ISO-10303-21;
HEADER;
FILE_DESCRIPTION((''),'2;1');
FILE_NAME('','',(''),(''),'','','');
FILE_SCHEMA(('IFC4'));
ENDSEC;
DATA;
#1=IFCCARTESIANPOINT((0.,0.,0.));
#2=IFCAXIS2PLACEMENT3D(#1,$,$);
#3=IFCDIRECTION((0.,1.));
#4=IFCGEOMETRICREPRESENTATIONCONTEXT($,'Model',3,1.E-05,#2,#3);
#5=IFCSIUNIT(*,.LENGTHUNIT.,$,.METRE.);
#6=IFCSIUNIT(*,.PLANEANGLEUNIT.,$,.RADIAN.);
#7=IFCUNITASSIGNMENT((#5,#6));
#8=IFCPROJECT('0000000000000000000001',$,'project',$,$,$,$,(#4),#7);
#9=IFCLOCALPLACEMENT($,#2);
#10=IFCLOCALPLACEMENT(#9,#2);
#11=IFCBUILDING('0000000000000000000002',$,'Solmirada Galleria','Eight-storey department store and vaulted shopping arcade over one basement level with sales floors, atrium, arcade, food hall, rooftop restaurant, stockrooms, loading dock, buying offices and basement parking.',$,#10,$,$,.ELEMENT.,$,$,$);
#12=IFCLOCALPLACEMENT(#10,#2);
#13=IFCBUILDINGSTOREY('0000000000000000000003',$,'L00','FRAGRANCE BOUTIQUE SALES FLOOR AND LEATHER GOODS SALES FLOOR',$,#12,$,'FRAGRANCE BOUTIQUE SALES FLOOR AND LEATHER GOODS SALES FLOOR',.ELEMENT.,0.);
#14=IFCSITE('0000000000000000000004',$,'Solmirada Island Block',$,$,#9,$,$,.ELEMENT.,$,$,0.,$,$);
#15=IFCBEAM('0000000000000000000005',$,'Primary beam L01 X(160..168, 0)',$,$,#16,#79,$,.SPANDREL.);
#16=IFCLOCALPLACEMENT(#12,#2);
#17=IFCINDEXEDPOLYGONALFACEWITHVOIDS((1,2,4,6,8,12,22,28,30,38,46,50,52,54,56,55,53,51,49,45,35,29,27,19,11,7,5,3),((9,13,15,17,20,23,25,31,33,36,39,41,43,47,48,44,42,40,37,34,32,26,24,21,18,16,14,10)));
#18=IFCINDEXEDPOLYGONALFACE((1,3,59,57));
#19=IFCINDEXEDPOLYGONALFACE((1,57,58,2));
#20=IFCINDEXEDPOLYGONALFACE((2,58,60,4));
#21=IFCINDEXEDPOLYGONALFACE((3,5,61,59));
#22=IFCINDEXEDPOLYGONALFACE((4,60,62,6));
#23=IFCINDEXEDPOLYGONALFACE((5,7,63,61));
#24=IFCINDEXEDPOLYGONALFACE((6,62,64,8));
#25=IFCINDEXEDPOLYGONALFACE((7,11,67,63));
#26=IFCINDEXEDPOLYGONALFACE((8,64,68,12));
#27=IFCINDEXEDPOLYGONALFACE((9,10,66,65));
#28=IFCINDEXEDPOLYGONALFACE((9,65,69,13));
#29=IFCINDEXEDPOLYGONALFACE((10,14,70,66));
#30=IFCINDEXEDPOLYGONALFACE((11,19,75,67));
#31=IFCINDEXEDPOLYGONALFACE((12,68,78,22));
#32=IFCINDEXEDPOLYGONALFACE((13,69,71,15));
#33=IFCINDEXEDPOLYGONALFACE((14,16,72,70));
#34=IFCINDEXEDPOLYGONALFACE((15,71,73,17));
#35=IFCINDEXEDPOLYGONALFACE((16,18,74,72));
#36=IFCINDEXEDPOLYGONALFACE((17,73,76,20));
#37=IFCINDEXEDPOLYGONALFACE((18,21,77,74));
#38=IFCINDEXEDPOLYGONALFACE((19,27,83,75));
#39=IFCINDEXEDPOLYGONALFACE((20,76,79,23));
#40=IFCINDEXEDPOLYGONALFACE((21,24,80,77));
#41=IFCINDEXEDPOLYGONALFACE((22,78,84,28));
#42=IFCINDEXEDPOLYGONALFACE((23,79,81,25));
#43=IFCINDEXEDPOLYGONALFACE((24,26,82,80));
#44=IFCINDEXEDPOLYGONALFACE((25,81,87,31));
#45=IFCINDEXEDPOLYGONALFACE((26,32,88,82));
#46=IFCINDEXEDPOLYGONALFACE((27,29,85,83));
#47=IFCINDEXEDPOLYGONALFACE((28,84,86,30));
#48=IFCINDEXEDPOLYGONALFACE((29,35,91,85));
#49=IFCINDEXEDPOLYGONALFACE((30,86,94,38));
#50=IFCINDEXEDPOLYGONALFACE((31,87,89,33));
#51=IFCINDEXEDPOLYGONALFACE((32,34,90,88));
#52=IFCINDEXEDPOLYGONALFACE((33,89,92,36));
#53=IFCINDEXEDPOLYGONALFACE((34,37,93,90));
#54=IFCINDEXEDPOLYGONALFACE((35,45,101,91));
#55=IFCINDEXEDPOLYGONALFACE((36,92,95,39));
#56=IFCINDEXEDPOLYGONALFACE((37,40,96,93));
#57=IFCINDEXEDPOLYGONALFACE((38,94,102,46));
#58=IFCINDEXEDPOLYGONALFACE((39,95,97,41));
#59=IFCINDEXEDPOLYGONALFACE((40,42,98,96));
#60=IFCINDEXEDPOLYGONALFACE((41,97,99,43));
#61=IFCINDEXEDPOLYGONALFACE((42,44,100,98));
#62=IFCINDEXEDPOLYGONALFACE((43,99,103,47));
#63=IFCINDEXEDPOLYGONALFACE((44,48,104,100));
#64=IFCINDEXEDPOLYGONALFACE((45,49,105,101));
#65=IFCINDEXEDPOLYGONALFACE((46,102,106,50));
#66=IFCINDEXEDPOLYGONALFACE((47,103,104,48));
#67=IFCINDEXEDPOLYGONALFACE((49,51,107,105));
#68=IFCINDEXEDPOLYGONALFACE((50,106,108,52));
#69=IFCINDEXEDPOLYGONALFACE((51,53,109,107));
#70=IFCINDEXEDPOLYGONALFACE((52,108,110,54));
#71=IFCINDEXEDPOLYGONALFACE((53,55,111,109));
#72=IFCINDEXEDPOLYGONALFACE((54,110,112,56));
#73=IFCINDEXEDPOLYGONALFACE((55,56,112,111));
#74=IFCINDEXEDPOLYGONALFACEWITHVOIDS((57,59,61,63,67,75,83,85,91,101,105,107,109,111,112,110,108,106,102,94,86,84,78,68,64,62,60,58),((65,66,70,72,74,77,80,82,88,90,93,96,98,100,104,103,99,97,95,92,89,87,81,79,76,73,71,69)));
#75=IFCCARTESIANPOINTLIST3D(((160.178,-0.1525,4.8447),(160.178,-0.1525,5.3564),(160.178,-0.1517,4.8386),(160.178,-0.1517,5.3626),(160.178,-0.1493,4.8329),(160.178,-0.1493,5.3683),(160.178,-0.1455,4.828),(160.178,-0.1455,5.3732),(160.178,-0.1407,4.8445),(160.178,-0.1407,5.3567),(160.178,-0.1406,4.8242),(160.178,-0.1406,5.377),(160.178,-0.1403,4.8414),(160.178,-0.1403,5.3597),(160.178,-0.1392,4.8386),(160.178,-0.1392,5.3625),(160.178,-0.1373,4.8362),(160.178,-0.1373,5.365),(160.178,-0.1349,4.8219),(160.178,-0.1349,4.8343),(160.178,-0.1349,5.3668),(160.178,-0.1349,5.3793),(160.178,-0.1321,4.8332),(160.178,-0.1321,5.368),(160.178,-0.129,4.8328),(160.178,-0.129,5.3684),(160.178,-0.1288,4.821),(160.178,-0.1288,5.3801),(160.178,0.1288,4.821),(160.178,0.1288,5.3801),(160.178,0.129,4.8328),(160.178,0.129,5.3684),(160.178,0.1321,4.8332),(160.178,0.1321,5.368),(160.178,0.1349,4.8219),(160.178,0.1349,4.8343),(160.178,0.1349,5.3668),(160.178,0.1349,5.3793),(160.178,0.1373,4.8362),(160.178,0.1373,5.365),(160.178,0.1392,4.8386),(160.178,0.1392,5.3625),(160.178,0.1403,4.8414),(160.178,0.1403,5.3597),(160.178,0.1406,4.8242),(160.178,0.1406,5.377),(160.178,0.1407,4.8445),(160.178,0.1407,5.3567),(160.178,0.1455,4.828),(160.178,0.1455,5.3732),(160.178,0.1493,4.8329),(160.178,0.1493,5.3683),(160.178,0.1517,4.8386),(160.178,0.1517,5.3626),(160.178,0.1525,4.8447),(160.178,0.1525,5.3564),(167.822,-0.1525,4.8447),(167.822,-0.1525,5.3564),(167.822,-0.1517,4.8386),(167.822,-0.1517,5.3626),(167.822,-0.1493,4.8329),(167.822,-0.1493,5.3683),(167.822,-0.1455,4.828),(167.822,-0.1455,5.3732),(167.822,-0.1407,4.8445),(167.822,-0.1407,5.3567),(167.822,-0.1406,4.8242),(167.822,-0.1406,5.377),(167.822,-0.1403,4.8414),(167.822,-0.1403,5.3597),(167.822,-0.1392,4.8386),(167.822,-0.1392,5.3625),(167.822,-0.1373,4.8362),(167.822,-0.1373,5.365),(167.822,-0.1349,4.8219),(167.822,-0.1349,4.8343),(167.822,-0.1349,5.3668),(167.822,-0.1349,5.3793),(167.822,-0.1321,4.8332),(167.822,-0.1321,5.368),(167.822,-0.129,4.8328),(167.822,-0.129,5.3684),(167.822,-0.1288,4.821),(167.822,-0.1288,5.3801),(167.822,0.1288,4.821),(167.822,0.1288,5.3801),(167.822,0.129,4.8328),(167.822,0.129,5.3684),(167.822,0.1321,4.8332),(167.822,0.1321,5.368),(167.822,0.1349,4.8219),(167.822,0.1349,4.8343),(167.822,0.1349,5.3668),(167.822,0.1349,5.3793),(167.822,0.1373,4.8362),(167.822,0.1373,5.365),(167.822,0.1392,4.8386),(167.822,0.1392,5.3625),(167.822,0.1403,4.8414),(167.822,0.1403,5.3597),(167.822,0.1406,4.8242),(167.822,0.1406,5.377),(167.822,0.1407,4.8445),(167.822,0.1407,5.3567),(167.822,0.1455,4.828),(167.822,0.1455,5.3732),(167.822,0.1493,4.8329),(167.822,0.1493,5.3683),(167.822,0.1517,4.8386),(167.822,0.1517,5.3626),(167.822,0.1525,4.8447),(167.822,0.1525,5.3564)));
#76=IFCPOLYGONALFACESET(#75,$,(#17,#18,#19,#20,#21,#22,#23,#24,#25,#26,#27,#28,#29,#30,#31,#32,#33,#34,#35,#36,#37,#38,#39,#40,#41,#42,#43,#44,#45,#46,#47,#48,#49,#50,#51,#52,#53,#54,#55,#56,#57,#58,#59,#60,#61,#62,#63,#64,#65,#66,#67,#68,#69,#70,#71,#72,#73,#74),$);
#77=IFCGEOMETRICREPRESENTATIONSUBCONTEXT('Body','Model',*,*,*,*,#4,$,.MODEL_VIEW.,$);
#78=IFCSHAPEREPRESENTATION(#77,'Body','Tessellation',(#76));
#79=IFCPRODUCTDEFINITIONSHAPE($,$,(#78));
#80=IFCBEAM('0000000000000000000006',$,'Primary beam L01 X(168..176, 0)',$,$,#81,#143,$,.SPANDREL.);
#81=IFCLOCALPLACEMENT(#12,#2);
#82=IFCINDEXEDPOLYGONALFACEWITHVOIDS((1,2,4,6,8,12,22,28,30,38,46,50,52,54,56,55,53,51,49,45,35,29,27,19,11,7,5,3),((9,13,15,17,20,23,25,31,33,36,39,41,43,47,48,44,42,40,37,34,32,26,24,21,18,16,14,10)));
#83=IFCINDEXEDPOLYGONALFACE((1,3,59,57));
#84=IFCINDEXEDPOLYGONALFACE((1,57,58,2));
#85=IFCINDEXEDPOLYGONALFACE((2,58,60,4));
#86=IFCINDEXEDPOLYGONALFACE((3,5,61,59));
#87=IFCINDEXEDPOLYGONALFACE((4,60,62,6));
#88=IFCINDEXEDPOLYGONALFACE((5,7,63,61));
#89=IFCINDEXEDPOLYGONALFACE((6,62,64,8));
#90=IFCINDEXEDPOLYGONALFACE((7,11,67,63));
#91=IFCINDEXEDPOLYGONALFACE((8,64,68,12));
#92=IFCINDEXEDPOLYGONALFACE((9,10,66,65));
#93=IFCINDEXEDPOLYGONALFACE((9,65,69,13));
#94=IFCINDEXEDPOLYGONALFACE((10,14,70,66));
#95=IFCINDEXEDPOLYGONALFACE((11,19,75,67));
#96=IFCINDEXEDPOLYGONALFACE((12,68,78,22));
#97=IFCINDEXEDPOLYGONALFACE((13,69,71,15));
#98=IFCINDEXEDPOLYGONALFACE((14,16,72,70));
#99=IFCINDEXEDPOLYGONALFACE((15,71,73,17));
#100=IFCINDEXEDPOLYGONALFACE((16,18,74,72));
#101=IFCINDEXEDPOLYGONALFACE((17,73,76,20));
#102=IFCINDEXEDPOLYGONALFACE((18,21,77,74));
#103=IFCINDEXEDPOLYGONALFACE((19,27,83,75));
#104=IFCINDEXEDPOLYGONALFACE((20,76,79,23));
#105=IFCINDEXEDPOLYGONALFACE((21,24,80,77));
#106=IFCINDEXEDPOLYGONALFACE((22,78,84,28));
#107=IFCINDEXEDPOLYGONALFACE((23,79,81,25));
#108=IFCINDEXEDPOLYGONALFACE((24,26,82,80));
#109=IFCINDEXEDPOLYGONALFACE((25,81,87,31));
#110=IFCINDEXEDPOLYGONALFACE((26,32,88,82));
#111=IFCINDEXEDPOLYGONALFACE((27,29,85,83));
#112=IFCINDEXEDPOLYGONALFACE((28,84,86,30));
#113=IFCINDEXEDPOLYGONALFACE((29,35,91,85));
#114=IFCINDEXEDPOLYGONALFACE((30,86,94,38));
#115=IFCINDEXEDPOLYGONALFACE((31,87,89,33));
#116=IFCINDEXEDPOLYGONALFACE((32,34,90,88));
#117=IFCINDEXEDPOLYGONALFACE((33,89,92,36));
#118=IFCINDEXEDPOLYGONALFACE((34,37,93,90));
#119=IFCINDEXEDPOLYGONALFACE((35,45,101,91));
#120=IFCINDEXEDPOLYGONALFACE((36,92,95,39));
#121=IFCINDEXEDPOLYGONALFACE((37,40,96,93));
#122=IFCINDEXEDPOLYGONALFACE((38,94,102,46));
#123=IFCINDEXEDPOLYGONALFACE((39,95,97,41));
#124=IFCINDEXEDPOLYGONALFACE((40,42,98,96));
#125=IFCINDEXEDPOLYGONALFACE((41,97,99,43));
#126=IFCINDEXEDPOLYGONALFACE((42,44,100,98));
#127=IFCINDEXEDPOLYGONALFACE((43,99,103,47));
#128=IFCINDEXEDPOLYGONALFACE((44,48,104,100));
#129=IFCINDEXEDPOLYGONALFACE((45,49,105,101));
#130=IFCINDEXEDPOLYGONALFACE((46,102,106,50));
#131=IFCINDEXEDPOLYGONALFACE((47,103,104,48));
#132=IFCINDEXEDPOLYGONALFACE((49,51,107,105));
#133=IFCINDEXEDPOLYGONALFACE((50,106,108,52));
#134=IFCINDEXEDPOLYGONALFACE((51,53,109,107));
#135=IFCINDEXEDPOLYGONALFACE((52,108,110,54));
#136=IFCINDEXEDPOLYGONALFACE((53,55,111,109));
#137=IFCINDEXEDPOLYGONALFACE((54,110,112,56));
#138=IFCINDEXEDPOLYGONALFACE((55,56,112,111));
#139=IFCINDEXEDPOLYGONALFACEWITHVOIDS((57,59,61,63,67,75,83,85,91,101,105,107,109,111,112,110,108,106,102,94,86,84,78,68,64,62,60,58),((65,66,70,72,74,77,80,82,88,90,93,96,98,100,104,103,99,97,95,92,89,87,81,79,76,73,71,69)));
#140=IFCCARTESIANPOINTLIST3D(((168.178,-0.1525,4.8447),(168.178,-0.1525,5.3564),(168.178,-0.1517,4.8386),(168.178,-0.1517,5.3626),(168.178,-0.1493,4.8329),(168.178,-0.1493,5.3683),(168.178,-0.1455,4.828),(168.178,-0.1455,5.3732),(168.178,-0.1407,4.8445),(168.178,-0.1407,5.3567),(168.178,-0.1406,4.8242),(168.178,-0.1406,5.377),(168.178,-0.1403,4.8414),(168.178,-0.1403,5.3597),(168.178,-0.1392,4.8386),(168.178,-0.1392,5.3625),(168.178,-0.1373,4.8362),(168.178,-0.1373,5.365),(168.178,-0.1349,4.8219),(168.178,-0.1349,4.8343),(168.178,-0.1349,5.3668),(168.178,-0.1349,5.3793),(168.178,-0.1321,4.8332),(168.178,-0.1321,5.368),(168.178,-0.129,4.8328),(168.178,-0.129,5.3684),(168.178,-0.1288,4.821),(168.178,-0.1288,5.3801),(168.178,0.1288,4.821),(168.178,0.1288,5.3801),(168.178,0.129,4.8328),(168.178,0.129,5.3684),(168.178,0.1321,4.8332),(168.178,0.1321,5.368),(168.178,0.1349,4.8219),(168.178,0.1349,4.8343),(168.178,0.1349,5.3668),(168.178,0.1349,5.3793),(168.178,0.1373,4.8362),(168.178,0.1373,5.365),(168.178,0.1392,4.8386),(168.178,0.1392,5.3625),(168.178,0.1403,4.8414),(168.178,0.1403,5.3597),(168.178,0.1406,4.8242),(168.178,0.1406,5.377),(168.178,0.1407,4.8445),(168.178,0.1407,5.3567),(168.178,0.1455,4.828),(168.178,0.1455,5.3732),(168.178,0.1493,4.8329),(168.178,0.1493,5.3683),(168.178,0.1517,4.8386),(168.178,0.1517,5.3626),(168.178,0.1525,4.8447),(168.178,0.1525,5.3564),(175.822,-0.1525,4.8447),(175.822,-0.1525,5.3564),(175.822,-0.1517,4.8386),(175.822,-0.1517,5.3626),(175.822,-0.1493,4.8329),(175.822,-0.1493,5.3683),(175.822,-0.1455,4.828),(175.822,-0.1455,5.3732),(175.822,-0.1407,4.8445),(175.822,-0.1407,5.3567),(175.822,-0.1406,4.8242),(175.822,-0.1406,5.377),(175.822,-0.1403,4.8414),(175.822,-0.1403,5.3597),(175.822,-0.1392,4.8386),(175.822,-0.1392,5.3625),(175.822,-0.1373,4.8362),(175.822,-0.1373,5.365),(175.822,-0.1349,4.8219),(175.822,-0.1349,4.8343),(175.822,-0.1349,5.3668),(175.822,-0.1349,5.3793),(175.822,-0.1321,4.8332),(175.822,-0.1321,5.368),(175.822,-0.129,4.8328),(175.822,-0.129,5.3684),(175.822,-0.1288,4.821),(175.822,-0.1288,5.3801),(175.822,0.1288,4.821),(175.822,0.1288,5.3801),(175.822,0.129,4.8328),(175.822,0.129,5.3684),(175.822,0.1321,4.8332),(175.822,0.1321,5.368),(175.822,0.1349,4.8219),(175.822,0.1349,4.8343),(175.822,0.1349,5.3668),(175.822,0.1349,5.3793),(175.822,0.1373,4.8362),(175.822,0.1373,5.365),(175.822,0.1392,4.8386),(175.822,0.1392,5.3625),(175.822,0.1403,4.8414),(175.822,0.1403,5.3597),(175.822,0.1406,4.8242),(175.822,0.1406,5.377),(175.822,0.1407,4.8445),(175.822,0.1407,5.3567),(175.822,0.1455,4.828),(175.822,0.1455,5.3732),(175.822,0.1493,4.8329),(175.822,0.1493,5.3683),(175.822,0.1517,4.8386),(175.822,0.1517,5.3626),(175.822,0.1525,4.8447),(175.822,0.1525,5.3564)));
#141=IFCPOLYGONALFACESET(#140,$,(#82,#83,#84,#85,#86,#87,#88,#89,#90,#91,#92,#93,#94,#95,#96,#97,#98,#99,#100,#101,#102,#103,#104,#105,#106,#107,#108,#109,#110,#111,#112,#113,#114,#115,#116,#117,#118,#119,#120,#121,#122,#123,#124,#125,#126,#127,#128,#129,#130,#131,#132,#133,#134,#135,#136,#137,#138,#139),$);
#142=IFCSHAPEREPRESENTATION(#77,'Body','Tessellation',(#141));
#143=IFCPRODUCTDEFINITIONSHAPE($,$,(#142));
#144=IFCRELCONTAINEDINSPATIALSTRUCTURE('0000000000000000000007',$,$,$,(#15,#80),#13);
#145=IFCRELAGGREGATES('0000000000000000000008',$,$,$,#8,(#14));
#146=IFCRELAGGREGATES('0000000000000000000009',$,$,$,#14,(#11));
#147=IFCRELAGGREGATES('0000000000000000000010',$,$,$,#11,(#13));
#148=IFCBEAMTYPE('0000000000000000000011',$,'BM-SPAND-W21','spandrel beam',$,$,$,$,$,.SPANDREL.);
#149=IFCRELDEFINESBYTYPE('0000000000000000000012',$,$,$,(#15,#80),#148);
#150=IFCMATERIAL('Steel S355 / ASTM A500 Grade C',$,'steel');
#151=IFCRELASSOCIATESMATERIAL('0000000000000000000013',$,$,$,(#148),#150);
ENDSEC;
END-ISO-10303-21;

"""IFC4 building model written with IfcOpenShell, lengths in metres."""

from ifc_helpers import new_model, si_unit, direction, frame, origin, origin_2d, place, context, subcontext, project, spatial, hollow_rectangle, extrude, material, material_profile, profile_set, type_object, element, save


model = new_model("IFC4")

# Units and contexts
model_context = context("Model", 3, precision=1e-05, world=origin(), true_north=direction((0.0, 1.0)))
body_context = subcontext(model_context, "Body", "Model", "MODEL_VIEW")
ifc_project = project(units=[si_unit("LENGTHUNIT", "METRE"), si_unit("PLANEANGLEUNIT", "RADIAN")], contexts=[model_context])

# Site, building, storey
site_placement = place(None, origin())
site = spatial("IfcSite", under=ifc_project, at=site_placement, Name="Solmirada Island Block", CompositionType="ELEMENT", RefElevation=0.0)
building_placement = place(site_placement, origin())
building = spatial("IfcBuilding", under=site, at=building_placement, Name="Solmirada Galleria", Description="Eight-storey department store and vaulted shopping arcade over one basement level with sales floors, atrium, arcade, food hall, rooftop restaurant, stockrooms, loading dock, buying offices and basement parking.", CompositionType="ELEMENT")
storey_placement = place(building_placement, origin())
storey = spatial("IfcBuildingStorey", under=building, at=storey_placement, Name="L00", Description="FRAGRANCE BOUTIQUE SALES FLOOR AND LEATHER GOODS SALES FLOOR", LongName="FRAGRANCE BOUTIQUE SALES FLOOR AND LEATHER GOODS SALES FLOOR", CompositionType="ELEMENT", Elevation=0.0)

# Shared definitions
ifc_material_1 = material(Name="Steel S355 / ASTM A500 Grade C", Category="steel")

# Beams
ifc_material_profile_1 = material_profile(ifc_material_1, hollow_rectangle(XDim=0.3049, YDim=0.5591, WallThickness=0.0117, InnerFilletRadius=0.0117, OuterFilletRadius=0.0237, at=origin_2d()), Name="HSS22X12X1/2")
ifc_profile_set_1 = profile_set([ifc_material_profile_1], Name="Steel S355 / ASTM A500 Grade C")
beam_type_1 = type_object("IfcBeamType", Name="BM-SPAND-W21", Description="spandrel beam", PredefinedType="SPANDREL", material=ifc_profile_set_1)
for number, where, z_axis, x_axis, name in (
    (1, (160.178, 0.0, 5.1006), (1.0, 0.0, 0.0), (0.0, 1.0, 0.0), "Primary beam L01 X(160..168, 0)"),
    (2, (168.178, 0.0, 5.1006), (1.0, 0.0, 0.0), (0.0, 1.0, 0.0), "Primary beam L01 X(168..176, 0)"),
):
    element("IfcBeam", number, at=place(storey_placement, frame(where, z_axis=z_axis, x_axis=x_axis)), inside=storey, type_object=beam_type_1, Name=name, PredefinedType="SPANDREL", context=body_context, shape_type="SweptSolid", body=[
        extrude(hollow_rectangle(XDim=0.3049, YDim=0.5591, WallThickness=0.0117, InnerFilletRadius=0.0117, OuterFilletRadius=0.0237, at=origin_2d()), origin(), (0.0, 0.0, 1.0), 7.644),
    ])

save(model, "model.ifc")
